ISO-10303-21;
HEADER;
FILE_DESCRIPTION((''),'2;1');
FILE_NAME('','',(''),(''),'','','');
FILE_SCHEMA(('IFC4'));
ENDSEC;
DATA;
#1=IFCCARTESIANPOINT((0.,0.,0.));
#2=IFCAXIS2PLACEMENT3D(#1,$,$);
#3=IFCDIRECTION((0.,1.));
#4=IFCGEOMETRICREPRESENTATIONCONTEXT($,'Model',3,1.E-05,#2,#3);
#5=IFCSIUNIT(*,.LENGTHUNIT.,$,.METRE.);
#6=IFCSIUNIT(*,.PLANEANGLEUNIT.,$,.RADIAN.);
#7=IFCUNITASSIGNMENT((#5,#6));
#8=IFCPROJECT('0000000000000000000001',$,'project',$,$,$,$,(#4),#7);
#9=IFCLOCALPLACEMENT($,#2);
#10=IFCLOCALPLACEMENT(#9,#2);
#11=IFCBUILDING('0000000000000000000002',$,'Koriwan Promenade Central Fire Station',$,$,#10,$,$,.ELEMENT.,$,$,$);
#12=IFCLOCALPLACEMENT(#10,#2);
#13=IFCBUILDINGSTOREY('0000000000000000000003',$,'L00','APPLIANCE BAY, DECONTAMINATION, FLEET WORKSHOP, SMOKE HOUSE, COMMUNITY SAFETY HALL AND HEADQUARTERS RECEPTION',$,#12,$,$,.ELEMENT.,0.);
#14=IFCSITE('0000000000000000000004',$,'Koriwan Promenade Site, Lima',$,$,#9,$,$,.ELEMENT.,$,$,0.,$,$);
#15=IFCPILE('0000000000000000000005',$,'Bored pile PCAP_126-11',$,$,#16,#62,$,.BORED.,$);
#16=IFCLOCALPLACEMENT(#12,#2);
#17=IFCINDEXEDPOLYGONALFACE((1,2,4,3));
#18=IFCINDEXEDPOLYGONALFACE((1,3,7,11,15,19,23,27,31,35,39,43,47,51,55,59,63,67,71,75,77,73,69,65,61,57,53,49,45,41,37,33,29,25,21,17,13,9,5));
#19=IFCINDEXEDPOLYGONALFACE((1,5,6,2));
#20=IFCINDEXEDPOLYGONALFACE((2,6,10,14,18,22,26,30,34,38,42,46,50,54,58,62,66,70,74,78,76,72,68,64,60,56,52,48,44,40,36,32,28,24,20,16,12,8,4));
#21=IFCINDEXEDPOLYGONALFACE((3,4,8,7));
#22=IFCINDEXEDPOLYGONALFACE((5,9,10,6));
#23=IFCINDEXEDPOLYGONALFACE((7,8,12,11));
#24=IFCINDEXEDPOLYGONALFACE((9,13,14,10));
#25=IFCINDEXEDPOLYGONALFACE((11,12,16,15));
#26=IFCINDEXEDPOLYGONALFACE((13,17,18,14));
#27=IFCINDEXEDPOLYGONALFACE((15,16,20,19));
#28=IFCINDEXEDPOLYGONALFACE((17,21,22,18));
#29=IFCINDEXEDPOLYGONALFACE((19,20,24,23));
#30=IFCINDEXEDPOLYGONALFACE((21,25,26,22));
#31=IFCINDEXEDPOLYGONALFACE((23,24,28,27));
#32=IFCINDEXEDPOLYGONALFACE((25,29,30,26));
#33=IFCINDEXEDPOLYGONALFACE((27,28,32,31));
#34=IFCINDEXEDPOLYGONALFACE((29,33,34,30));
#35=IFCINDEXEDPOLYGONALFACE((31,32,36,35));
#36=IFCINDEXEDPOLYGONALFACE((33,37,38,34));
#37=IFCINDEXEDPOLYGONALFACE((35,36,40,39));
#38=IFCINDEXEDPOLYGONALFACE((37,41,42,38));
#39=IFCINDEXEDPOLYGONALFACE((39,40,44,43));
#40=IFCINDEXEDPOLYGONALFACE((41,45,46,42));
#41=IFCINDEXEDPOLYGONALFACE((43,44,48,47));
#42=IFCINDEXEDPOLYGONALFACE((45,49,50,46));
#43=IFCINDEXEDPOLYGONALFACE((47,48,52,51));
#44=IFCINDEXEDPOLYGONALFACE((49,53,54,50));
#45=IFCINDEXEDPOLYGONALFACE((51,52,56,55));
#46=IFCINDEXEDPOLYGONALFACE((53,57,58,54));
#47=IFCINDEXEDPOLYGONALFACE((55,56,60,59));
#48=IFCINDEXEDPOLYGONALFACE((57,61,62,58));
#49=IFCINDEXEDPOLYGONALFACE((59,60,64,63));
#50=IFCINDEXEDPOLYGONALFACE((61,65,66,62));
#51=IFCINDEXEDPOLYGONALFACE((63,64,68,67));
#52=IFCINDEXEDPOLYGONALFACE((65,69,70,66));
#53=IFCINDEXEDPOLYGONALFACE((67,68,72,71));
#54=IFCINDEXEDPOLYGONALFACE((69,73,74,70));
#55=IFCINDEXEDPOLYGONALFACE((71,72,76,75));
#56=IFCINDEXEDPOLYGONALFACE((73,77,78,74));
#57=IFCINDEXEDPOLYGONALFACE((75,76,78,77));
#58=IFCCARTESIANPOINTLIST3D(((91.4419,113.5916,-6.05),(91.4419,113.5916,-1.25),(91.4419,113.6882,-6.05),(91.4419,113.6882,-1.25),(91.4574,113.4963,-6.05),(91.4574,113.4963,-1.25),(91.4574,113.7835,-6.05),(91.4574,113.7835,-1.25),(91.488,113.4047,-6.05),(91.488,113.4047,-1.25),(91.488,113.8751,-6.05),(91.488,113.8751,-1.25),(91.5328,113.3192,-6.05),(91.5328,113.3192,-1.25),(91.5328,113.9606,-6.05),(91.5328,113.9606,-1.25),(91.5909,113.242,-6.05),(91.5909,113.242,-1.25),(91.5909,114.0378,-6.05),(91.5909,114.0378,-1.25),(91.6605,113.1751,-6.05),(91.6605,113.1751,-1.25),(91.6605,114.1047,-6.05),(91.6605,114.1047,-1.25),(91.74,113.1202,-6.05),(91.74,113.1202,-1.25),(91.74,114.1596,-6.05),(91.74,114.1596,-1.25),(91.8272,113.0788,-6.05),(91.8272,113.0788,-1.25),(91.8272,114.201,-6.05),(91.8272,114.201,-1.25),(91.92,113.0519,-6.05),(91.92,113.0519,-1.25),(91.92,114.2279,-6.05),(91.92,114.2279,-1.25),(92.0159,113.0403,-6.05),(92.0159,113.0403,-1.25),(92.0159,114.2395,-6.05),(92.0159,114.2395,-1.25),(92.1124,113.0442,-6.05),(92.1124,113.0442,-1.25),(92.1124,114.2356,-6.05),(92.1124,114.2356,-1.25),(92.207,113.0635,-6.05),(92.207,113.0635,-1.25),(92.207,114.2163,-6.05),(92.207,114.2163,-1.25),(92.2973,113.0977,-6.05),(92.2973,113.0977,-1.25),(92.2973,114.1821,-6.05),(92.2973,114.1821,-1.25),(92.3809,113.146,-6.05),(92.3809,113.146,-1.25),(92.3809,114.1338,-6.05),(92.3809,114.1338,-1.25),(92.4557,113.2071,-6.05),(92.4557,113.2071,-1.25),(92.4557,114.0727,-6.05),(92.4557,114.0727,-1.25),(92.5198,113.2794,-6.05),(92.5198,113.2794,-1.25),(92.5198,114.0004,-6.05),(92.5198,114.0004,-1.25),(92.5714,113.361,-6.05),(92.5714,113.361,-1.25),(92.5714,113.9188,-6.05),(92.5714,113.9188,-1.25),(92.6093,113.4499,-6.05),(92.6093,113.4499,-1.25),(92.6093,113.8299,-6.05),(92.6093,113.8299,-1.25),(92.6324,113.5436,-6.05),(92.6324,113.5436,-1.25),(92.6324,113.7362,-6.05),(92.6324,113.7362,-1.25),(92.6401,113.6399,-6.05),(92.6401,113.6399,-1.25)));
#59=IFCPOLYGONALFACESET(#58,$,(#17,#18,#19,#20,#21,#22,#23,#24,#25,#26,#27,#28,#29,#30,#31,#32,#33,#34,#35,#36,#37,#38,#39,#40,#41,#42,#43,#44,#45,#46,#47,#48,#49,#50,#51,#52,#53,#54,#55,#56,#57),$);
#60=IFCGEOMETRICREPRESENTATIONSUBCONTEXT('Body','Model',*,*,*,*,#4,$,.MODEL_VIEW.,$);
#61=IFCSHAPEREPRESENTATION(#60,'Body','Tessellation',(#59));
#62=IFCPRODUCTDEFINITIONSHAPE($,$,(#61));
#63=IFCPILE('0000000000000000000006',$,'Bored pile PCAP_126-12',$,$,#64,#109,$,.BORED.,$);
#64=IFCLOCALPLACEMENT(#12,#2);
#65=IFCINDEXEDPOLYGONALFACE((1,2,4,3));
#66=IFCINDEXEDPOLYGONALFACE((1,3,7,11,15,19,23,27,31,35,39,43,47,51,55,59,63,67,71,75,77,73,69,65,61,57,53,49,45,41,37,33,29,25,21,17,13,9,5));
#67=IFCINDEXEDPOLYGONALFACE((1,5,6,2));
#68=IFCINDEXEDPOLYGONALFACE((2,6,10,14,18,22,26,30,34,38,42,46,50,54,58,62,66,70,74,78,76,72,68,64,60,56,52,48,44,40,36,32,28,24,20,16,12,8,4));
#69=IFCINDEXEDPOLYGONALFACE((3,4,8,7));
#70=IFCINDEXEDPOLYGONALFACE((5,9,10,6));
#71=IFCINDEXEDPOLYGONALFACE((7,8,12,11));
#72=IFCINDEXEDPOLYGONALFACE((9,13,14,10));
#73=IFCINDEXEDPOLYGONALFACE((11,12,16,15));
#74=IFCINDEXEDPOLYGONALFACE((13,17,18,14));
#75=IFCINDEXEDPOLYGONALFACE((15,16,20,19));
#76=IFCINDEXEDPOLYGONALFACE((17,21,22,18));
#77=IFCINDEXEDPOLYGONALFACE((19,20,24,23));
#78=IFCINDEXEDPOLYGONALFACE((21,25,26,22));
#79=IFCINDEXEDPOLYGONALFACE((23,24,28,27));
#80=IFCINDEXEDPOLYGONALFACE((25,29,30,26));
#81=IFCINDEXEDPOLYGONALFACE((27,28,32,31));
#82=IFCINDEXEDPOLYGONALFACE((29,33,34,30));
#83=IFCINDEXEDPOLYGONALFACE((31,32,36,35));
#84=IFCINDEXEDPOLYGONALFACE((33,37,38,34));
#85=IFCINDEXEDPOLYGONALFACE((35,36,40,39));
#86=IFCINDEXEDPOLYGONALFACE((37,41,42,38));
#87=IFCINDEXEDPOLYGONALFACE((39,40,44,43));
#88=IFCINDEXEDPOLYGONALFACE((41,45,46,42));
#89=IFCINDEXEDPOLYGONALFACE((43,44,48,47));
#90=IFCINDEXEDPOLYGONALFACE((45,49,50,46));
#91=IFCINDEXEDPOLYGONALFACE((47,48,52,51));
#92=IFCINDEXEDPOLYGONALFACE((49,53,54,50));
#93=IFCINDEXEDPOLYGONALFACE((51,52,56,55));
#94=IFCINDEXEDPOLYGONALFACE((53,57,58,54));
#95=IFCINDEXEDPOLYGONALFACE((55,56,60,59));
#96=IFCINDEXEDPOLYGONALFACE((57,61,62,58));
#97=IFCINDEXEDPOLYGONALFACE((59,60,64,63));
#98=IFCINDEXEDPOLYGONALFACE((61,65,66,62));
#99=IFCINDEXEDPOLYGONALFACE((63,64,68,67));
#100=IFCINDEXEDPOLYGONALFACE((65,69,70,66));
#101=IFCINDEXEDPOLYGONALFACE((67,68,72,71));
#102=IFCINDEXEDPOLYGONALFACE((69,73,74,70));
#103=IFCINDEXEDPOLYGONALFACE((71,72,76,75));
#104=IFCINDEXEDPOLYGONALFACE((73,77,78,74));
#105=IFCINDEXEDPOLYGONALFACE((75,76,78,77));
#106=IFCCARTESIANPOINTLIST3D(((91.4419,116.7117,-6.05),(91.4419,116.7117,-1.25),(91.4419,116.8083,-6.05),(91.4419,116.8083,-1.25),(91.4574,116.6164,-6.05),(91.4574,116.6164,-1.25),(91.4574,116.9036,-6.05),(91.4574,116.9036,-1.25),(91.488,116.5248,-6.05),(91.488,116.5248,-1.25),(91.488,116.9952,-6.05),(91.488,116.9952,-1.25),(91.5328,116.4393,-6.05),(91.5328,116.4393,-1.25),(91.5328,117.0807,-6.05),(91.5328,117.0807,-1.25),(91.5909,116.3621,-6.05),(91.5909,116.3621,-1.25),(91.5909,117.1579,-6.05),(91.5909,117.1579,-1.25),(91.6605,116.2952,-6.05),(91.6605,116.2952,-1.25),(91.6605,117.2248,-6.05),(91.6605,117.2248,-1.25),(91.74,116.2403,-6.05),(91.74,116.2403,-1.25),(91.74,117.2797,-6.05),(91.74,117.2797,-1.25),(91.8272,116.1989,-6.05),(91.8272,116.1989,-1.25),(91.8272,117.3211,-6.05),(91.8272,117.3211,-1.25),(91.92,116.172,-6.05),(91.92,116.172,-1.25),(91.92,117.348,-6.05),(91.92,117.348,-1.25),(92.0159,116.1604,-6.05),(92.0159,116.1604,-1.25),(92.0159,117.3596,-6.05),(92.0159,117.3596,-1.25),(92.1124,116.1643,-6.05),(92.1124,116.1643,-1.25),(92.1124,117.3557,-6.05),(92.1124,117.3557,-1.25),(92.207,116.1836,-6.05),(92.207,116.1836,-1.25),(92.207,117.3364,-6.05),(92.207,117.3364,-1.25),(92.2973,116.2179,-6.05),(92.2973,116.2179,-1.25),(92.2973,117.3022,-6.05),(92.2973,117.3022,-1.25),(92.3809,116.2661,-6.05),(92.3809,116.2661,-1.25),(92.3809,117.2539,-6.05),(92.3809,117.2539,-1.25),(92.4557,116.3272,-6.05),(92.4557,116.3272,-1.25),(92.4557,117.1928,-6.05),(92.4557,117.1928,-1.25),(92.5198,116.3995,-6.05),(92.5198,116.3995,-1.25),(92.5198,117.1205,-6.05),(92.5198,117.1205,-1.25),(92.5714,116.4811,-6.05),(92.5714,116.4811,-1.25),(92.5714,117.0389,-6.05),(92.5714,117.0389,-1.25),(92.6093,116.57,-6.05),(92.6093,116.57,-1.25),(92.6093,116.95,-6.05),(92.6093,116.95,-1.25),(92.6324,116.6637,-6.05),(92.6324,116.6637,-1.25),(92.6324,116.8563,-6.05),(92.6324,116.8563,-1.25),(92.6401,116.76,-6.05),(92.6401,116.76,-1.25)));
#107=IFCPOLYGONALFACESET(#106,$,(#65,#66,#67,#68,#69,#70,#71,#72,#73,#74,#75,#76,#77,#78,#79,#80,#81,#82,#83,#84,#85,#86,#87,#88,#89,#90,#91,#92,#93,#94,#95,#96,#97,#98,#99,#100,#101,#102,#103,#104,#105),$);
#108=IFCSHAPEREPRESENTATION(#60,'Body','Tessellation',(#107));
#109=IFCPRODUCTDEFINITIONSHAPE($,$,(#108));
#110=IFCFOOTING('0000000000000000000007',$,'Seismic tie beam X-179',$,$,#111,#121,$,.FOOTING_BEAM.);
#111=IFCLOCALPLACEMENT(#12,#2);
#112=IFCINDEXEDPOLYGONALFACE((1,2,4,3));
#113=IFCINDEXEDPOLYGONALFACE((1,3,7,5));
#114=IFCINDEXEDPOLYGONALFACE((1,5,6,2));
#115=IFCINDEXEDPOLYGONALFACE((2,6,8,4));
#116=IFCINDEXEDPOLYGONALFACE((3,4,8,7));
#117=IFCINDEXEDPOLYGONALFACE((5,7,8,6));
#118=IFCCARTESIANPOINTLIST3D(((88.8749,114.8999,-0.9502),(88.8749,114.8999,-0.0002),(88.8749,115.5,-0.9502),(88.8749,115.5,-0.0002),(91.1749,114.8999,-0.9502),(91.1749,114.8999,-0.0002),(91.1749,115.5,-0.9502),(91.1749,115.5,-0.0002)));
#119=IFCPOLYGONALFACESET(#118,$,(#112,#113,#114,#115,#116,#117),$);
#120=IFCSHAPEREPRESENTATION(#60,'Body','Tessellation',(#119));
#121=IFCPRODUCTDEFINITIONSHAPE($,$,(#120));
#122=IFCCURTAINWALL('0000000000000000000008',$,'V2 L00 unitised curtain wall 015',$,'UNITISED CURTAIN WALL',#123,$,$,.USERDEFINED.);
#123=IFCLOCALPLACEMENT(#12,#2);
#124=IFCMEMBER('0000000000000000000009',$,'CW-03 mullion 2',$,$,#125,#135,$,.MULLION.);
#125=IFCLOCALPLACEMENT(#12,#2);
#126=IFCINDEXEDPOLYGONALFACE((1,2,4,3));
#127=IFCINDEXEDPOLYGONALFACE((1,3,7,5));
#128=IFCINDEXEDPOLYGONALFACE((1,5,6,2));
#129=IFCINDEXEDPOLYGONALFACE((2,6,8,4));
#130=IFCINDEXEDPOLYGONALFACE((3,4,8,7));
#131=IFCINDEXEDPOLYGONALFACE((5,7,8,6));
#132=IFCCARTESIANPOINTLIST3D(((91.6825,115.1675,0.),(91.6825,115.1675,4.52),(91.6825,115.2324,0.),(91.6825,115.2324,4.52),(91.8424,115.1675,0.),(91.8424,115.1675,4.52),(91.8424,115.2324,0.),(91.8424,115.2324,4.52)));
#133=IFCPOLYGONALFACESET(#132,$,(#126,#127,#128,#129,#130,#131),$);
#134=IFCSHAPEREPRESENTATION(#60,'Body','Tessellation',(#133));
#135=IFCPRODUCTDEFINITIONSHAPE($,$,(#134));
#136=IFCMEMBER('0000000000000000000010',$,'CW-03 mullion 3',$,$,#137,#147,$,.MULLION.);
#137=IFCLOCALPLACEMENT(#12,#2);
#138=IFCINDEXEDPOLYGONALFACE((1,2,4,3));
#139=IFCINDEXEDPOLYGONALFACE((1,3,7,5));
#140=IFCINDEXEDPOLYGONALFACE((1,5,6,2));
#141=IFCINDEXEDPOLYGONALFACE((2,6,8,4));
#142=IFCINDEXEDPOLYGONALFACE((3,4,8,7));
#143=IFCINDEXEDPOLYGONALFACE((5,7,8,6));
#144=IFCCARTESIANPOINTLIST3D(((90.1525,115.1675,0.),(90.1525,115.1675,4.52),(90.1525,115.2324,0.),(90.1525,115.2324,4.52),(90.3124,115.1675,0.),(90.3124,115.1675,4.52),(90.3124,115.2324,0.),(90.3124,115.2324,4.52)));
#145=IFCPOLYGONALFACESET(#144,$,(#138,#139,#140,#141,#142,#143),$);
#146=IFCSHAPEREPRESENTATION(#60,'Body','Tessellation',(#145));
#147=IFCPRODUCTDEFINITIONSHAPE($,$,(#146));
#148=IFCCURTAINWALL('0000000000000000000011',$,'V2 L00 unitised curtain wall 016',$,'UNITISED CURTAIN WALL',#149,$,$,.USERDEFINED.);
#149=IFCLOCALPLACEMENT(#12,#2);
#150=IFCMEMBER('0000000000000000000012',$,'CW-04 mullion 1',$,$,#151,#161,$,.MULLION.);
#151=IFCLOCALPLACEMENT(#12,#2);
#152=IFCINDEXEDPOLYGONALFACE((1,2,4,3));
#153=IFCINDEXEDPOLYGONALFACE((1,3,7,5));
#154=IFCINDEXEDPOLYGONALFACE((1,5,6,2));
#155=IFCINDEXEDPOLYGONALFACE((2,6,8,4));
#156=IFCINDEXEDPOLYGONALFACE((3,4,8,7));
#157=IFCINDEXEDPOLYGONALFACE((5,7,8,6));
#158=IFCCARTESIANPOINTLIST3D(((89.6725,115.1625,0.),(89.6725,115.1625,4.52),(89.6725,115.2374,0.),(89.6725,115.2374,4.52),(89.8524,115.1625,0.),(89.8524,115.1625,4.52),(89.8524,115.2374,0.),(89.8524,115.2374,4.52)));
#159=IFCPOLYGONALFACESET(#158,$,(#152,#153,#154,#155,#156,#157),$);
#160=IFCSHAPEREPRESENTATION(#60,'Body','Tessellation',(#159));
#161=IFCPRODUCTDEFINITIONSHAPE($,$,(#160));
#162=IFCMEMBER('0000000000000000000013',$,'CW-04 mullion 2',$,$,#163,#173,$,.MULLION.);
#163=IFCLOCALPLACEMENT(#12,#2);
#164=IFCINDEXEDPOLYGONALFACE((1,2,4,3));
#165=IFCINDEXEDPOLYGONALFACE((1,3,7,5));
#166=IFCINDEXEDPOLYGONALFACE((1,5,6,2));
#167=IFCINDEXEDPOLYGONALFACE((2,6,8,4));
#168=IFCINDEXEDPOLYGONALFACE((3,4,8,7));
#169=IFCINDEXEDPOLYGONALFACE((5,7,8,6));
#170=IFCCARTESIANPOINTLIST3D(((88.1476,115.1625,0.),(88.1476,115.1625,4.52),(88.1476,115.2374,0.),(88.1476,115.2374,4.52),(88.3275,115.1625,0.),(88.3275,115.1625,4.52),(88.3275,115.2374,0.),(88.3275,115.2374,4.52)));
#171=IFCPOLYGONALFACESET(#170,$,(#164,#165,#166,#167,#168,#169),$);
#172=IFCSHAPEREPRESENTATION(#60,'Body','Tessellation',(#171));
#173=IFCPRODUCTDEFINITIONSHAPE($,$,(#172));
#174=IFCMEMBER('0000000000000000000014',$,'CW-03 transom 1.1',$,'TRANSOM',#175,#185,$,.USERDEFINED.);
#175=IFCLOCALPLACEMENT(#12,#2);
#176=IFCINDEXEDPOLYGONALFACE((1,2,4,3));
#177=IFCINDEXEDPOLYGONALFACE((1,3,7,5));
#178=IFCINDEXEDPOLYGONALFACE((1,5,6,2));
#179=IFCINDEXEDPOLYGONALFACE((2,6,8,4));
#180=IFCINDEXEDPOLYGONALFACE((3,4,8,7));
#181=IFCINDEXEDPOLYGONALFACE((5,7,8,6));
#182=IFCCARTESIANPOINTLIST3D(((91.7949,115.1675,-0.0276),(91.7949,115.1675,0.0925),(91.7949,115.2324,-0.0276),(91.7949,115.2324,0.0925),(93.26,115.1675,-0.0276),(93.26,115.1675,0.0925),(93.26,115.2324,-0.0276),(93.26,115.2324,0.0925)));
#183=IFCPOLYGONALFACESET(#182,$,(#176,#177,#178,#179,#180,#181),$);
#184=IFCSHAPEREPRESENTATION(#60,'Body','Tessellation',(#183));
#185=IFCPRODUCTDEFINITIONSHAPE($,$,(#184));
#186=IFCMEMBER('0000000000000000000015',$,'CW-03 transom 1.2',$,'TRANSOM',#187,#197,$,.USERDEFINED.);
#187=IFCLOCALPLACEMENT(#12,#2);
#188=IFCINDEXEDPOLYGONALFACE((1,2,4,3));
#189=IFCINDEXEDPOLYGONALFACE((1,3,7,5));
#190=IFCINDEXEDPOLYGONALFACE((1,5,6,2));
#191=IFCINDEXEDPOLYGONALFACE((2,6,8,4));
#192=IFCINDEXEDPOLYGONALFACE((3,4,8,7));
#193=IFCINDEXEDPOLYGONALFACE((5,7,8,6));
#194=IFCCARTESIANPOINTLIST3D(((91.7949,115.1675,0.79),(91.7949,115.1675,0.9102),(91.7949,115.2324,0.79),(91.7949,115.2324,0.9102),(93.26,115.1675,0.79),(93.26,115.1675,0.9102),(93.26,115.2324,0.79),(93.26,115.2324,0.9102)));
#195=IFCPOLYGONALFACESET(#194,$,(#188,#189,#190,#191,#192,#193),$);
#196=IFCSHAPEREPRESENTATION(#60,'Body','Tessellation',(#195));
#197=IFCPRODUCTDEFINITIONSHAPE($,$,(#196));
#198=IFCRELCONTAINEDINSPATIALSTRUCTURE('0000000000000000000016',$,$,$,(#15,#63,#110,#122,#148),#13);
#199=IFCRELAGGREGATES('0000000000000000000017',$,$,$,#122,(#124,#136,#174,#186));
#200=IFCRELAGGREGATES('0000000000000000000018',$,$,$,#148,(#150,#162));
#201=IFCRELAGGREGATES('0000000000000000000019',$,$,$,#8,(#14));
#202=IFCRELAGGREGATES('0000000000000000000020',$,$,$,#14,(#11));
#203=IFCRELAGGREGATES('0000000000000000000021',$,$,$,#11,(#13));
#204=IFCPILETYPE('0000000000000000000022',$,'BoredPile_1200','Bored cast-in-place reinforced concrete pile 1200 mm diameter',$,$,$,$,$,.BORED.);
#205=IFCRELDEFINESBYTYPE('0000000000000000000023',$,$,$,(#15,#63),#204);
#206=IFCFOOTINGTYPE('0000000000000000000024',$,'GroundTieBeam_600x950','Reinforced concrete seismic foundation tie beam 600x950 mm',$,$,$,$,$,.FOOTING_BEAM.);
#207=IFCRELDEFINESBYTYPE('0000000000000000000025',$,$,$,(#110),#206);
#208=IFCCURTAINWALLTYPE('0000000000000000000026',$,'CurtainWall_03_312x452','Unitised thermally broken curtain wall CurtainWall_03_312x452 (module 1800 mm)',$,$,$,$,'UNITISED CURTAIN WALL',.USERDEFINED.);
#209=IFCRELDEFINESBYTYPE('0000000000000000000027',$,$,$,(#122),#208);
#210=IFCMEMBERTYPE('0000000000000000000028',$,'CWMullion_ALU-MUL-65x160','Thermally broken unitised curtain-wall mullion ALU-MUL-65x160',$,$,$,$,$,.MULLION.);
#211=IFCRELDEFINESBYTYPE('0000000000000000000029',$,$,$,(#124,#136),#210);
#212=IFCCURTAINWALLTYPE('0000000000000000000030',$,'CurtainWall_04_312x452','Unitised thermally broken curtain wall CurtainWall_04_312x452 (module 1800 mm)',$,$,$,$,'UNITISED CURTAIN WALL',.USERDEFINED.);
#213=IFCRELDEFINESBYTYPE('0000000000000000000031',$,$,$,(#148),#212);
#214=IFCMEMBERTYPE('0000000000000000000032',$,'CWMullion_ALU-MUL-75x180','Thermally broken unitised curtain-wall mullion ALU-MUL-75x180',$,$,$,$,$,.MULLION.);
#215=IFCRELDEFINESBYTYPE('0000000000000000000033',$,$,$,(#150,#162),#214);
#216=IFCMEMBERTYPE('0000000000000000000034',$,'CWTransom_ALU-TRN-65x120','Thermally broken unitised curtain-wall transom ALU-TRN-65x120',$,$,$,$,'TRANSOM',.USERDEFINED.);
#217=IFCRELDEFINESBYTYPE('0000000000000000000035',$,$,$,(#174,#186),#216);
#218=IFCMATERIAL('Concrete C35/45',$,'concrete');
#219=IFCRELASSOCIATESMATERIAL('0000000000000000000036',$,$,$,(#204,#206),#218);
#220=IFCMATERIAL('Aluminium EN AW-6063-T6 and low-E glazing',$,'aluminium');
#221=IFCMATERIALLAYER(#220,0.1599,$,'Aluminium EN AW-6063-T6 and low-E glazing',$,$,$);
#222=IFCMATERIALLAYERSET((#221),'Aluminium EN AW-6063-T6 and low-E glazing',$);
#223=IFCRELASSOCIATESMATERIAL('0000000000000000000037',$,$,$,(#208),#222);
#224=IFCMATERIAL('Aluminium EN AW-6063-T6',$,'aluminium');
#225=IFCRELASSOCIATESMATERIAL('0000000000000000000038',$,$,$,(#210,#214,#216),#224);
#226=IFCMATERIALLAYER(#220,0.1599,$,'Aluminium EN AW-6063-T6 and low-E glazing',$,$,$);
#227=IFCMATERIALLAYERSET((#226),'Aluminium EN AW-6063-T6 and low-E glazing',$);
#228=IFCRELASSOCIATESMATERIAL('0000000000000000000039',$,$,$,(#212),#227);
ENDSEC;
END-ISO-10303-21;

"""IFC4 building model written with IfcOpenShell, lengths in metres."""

from ifc_helpers import new_model, si_unit, direction, frame, origin, origin_2d, place, context, subcontext, project, spatial, rectangle, circle, extrude, material, layer, layer_set, material_profile, profile_set, type_object, element, aggregate, save


model = new_model("IFC4")

# Units and contexts
model_context = context("Model", 3, precision=1e-05, world=origin(), true_north=direction((0.0, 1.0)))
body_context = subcontext(model_context, "Body", "Model", "MODEL_VIEW")
ifc_project = project(units=[si_unit("LENGTHUNIT", "METRE"), si_unit("PLANEANGLEUNIT", "RADIAN")], contexts=[model_context])

# Site, building, storey
site_placement = place(None, origin())
site = spatial("IfcSite", under=ifc_project, at=site_placement, Name="Koriwan Promenade Site, Lima", CompositionType="ELEMENT", RefElevation=0.0)
building_placement = place(site_placement, origin())
building = spatial("IfcBuilding", under=site, at=building_placement, Name="Koriwan Promenade Central Fire Station", CompositionType="ELEMENT")
storey_placement = place(building_placement, origin())
storey = spatial("IfcBuildingStorey", under=building, at=storey_placement, Name="L00", Description="APPLIANCE BAY, DECONTAMINATION, FLEET WORKSHOP, SMOKE HOUSE, COMMUNITY SAFETY HALL AND HEADQUARTERS RECEPTION", CompositionType="ELEMENT", Elevation=0.0)

# Piles
ifc_material_1 = material(Name="Concrete C35/45", Category="concrete")
ifc_material_profile_1 = material_profile(ifc_material_1, circle(Radius=0.6001, at=origin_2d()), Name="PILE-D1200")
ifc_profile_set_1 = profile_set([ifc_material_profile_1], Name="Concrete C35/45")
pile_type = type_object("IfcPileType", Name="BoredPile_1200", Description="Bored cast-in-place reinforced concrete pile 1200 mm diameter", PredefinedType="BORED", material=ifc_profile_set_1)
for number, where, z_axis, x_axis, name in (
    (1, (92.04, 113.6399, -1.25), (0.0, 0.0, -1.0), (1.0, 0.0, 0.0), "Bored pile PCAP_126-11"),
    (2, (92.04, 116.76, -1.25), (0.0, 0.0, -1.0), (1.0, 0.0, 0.0), "Bored pile PCAP_126-12"),
):
    element("IfcPile", number, at=place(storey_placement, frame(where, z_axis=z_axis, x_axis=x_axis)), inside=storey, type_object=pile_type, Name=name, PredefinedType="BORED", context=body_context, shape_type="SweptSolid", body=[
        extrude(circle(Radius=0.6001, at=origin_2d()), origin(), (0.0, 0.0, 1.0), 4.8),
    ])

# Footing
footing_type = type_object("IfcFootingType", Name="GroundTieBeam_600x950", Description="Reinforced concrete seismic foundation tie beam 600x950 mm", PredefinedType="FOOTING_BEAM", material=ifc_material_1)
footing_placement = place(storey_placement, frame((90.0249, 115.2, -0.9502), z_axis=(0.0, 0.0, 1.0), x_axis=(1.0, 0.0, 0.0)))
element("IfcFooting", 3, at=footing_placement, inside=storey, type_object=footing_type, Name="Seismic tie beam X-179", PredefinedType="FOOTING_BEAM", context=body_context, shape_type="SweptSolid", body=[
    extrude(rectangle(XDim=2.3, YDim=0.6001, at=origin_2d()), origin(), (0.0, 0.0, 1.0), 0.95),
])

# Curtain walls, members
ifc_material_2 = material(Name="Aluminium EN AW-6063-T6 and low-E glazing", Category="aluminium")
ifc_layer_1 = layer(ifc_material_2, 0.1599, Name="Aluminium EN AW-6063-T6 and low-E glazing")
ifc_layer_set_1 = layer_set([ifc_layer_1], Name="Aluminium EN AW-6063-T6 and low-E glazing")
curtain_wall_type_1 = type_object("IfcCurtainWallType", Name="CurtainWall_03_312x452", Description="Unitised thermally broken curtain wall CurtainWall_03_312x452 (module 1800 mm)", ElementType="UNITISED CURTAIN WALL", PredefinedType="USERDEFINED", material=ifc_layer_set_1)
curtain_wall_1_placement = place(storey_placement, origin())
curtain_wall_1 = element("IfcCurtainWall", 4, at=curtain_wall_1_placement, inside=storey, type_object=curtain_wall_type_1, Name="V2 L00 unitised curtain wall 015", ObjectType="UNITISED CURTAIN WALL", PredefinedType="USERDEFINED")
ifc_material_3 = material(Name="Aluminium EN AW-6063-T6", Category="aluminium")
ifc_material_profile_2 = material_profile(ifc_material_3, rectangle(XDim=0.0649, YDim=0.1599, at=origin_2d()), Name="ALU-MUL-65x160")
ifc_profile_set_2 = profile_set([ifc_material_profile_2], Name="Aluminium EN AW-6063-T6")
member_type_1 = type_object("IfcMemberType", Name="CWMullion_ALU-MUL-65x160", Description="Thermally broken unitised curtain-wall mullion ALU-MUL-65x160", PredefinedType="MULLION", material=ifc_profile_set_2)
member_1_placement = place(storey_placement, frame((91.7625, 115.2, 0.0), z_axis=(0.0, 0.0, 1.0), x_axis=(0.0, -1.0, 0.0)))
member_1 = element("IfcMember", 5, at=member_1_placement, type_object=member_type_1, Name="CW-03 mullion 2", PredefinedType="MULLION", context=body_context, shape_type="SweptSolid", body=[
    extrude(rectangle(XDim=0.0649, YDim=0.1599, at=origin_2d()), origin(), (0.0, 0.0, 1.0), 4.52),
])
member_2_placement = place(storey_placement, frame((90.2324, 115.2, 0.0), z_axis=(0.0, 0.0, 1.0), x_axis=(0.0, -1.0, 0.0)))
member_2 = element("IfcMember", 6, at=member_2_placement, type_object=member_type_1, Name="CW-03 mullion 3", PredefinedType="MULLION", context=body_context, shape_type="SweptSolid", body=[
    extrude(rectangle(XDim=0.0649, YDim=0.1599, at=origin_2d()), origin(), (0.0, 0.0, 1.0), 4.52),
])
ifc_layer_2 = layer(ifc_material_2, 0.1599, Name="Aluminium EN AW-6063-T6 and low-E glazing")
ifc_layer_set_2 = layer_set([ifc_layer_2], Name="Aluminium EN AW-6063-T6 and low-E glazing")
curtain_wall_type_2 = type_object("IfcCurtainWallType", Name="CurtainWall_04_312x452", Description="Unitised thermally broken curtain wall CurtainWall_04_312x452 (module 1800 mm)", ElementType="UNITISED CURTAIN WALL", PredefinedType="USERDEFINED", material=ifc_layer_set_2)
curtain_wall_2_placement = place(storey_placement, origin())
curtain_wall_2 = element("IfcCurtainWall", 7, at=curtain_wall_2_placement, inside=storey, type_object=curtain_wall_type_2, Name="V2 L00 unitised curtain wall 016", ObjectType="UNITISED CURTAIN WALL", PredefinedType="USERDEFINED")
ifc_material_profile_3 = material_profile(ifc_material_3, rectangle(XDim=0.075, YDim=0.1799, at=origin_2d()), Name="ALU-MUL-75x180")
ifc_profile_set_3 = profile_set([ifc_material_profile_3], Name="Aluminium EN AW-6063-T6")
member_type_2 = type_object("IfcMemberType", Name="CWMullion_ALU-MUL-75x180", Description="Thermally broken unitised curtain-wall mullion ALU-MUL-75x180", PredefinedType="MULLION", material=ifc_profile_set_3)
member_3_placement = place(storey_placement, frame((89.7625, 115.2, 0.0), z_axis=(0.0, 0.0, 1.0), x_axis=(0.0, -1.0, 0.0)))
member_3 = element("IfcMember", 8, at=member_3_placement, type_object=member_type_2, Name="CW-04 mullion 1", PredefinedType="MULLION", context=body_context, shape_type="SweptSolid", body=[
    extrude(rectangle(XDim=0.075, YDim=0.1799, at=origin_2d()), origin(), (0.0, 0.0, 1.0), 4.52),
])
member_4_placement = place(storey_placement, frame((88.2375, 115.2, 0.0), z_axis=(0.0, 0.0, 1.0), x_axis=(0.0, -1.0, 0.0)))
member_4 = element("IfcMember", 9, at=member_4_placement, type_object=member_type_2, Name="CW-04 mullion 2", PredefinedType="MULLION", context=body_context, shape_type="SweptSolid", body=[
    extrude(rectangle(XDim=0.075, YDim=0.1799, at=origin_2d()), origin(), (0.0, 0.0, 1.0), 4.52),
])

# Members
ifc_material_profile_4 = material_profile(ifc_material_3, rectangle(XDim=0.0649, YDim=0.1201, at=origin_2d()), Name="ALU-TRN-65x120")
ifc_profile_set_4 = profile_set([ifc_material_profile_4], Name="Aluminium EN AW-6063-T6")
member_type_3 = type_object("IfcMemberType", Name="CWTransom_ALU-TRN-65x120", Description="Thermally broken unitised curtain-wall transom ALU-TRN-65x120", ElementType="TRANSOM", PredefinedType="USERDEFINED", material=ifc_profile_set_4)
member_5_placement = place(storey_placement, frame((93.26, 115.2, 0.0325), z_axis=(-1.0, 0.0, 0.0), x_axis=(0.0, -1.0, 0.0)))
member_5 = element("IfcMember", 10, at=member_5_placement, type_object=member_type_3, Name="CW-03 transom 1.1", ObjectType="TRANSOM", PredefinedType="USERDEFINED", context=body_context, shape_type="SweptSolid", body=[
    extrude(rectangle(XDim=0.0649, YDim=0.1201, at=origin_2d()), origin(), (0.0, 0.0, 1.0), 1.4651),
])
member_6_placement = place(storey_placement, frame((93.26, 115.2, 0.8501), z_axis=(-1.0, 0.0, 0.0), x_axis=(0.0, -1.0, 0.0)))
member_6 = element("IfcMember", 11, at=member_6_placement, type_object=member_type_3, Name="CW-03 transom 1.2", ObjectType="TRANSOM", PredefinedType="USERDEFINED", context=body_context, shape_type="SweptSolid", body=[
    extrude(rectangle(XDim=0.0649, YDim=0.1201, at=origin_2d()), origin(), (0.0, 0.0, 1.0), 1.4651),
])

aggregate(curtain_wall_1, [member_1, member_2, member_5, member_6])
aggregate(curtain_wall_2, [member_3, member_4])

save(model, "model.ifc")
